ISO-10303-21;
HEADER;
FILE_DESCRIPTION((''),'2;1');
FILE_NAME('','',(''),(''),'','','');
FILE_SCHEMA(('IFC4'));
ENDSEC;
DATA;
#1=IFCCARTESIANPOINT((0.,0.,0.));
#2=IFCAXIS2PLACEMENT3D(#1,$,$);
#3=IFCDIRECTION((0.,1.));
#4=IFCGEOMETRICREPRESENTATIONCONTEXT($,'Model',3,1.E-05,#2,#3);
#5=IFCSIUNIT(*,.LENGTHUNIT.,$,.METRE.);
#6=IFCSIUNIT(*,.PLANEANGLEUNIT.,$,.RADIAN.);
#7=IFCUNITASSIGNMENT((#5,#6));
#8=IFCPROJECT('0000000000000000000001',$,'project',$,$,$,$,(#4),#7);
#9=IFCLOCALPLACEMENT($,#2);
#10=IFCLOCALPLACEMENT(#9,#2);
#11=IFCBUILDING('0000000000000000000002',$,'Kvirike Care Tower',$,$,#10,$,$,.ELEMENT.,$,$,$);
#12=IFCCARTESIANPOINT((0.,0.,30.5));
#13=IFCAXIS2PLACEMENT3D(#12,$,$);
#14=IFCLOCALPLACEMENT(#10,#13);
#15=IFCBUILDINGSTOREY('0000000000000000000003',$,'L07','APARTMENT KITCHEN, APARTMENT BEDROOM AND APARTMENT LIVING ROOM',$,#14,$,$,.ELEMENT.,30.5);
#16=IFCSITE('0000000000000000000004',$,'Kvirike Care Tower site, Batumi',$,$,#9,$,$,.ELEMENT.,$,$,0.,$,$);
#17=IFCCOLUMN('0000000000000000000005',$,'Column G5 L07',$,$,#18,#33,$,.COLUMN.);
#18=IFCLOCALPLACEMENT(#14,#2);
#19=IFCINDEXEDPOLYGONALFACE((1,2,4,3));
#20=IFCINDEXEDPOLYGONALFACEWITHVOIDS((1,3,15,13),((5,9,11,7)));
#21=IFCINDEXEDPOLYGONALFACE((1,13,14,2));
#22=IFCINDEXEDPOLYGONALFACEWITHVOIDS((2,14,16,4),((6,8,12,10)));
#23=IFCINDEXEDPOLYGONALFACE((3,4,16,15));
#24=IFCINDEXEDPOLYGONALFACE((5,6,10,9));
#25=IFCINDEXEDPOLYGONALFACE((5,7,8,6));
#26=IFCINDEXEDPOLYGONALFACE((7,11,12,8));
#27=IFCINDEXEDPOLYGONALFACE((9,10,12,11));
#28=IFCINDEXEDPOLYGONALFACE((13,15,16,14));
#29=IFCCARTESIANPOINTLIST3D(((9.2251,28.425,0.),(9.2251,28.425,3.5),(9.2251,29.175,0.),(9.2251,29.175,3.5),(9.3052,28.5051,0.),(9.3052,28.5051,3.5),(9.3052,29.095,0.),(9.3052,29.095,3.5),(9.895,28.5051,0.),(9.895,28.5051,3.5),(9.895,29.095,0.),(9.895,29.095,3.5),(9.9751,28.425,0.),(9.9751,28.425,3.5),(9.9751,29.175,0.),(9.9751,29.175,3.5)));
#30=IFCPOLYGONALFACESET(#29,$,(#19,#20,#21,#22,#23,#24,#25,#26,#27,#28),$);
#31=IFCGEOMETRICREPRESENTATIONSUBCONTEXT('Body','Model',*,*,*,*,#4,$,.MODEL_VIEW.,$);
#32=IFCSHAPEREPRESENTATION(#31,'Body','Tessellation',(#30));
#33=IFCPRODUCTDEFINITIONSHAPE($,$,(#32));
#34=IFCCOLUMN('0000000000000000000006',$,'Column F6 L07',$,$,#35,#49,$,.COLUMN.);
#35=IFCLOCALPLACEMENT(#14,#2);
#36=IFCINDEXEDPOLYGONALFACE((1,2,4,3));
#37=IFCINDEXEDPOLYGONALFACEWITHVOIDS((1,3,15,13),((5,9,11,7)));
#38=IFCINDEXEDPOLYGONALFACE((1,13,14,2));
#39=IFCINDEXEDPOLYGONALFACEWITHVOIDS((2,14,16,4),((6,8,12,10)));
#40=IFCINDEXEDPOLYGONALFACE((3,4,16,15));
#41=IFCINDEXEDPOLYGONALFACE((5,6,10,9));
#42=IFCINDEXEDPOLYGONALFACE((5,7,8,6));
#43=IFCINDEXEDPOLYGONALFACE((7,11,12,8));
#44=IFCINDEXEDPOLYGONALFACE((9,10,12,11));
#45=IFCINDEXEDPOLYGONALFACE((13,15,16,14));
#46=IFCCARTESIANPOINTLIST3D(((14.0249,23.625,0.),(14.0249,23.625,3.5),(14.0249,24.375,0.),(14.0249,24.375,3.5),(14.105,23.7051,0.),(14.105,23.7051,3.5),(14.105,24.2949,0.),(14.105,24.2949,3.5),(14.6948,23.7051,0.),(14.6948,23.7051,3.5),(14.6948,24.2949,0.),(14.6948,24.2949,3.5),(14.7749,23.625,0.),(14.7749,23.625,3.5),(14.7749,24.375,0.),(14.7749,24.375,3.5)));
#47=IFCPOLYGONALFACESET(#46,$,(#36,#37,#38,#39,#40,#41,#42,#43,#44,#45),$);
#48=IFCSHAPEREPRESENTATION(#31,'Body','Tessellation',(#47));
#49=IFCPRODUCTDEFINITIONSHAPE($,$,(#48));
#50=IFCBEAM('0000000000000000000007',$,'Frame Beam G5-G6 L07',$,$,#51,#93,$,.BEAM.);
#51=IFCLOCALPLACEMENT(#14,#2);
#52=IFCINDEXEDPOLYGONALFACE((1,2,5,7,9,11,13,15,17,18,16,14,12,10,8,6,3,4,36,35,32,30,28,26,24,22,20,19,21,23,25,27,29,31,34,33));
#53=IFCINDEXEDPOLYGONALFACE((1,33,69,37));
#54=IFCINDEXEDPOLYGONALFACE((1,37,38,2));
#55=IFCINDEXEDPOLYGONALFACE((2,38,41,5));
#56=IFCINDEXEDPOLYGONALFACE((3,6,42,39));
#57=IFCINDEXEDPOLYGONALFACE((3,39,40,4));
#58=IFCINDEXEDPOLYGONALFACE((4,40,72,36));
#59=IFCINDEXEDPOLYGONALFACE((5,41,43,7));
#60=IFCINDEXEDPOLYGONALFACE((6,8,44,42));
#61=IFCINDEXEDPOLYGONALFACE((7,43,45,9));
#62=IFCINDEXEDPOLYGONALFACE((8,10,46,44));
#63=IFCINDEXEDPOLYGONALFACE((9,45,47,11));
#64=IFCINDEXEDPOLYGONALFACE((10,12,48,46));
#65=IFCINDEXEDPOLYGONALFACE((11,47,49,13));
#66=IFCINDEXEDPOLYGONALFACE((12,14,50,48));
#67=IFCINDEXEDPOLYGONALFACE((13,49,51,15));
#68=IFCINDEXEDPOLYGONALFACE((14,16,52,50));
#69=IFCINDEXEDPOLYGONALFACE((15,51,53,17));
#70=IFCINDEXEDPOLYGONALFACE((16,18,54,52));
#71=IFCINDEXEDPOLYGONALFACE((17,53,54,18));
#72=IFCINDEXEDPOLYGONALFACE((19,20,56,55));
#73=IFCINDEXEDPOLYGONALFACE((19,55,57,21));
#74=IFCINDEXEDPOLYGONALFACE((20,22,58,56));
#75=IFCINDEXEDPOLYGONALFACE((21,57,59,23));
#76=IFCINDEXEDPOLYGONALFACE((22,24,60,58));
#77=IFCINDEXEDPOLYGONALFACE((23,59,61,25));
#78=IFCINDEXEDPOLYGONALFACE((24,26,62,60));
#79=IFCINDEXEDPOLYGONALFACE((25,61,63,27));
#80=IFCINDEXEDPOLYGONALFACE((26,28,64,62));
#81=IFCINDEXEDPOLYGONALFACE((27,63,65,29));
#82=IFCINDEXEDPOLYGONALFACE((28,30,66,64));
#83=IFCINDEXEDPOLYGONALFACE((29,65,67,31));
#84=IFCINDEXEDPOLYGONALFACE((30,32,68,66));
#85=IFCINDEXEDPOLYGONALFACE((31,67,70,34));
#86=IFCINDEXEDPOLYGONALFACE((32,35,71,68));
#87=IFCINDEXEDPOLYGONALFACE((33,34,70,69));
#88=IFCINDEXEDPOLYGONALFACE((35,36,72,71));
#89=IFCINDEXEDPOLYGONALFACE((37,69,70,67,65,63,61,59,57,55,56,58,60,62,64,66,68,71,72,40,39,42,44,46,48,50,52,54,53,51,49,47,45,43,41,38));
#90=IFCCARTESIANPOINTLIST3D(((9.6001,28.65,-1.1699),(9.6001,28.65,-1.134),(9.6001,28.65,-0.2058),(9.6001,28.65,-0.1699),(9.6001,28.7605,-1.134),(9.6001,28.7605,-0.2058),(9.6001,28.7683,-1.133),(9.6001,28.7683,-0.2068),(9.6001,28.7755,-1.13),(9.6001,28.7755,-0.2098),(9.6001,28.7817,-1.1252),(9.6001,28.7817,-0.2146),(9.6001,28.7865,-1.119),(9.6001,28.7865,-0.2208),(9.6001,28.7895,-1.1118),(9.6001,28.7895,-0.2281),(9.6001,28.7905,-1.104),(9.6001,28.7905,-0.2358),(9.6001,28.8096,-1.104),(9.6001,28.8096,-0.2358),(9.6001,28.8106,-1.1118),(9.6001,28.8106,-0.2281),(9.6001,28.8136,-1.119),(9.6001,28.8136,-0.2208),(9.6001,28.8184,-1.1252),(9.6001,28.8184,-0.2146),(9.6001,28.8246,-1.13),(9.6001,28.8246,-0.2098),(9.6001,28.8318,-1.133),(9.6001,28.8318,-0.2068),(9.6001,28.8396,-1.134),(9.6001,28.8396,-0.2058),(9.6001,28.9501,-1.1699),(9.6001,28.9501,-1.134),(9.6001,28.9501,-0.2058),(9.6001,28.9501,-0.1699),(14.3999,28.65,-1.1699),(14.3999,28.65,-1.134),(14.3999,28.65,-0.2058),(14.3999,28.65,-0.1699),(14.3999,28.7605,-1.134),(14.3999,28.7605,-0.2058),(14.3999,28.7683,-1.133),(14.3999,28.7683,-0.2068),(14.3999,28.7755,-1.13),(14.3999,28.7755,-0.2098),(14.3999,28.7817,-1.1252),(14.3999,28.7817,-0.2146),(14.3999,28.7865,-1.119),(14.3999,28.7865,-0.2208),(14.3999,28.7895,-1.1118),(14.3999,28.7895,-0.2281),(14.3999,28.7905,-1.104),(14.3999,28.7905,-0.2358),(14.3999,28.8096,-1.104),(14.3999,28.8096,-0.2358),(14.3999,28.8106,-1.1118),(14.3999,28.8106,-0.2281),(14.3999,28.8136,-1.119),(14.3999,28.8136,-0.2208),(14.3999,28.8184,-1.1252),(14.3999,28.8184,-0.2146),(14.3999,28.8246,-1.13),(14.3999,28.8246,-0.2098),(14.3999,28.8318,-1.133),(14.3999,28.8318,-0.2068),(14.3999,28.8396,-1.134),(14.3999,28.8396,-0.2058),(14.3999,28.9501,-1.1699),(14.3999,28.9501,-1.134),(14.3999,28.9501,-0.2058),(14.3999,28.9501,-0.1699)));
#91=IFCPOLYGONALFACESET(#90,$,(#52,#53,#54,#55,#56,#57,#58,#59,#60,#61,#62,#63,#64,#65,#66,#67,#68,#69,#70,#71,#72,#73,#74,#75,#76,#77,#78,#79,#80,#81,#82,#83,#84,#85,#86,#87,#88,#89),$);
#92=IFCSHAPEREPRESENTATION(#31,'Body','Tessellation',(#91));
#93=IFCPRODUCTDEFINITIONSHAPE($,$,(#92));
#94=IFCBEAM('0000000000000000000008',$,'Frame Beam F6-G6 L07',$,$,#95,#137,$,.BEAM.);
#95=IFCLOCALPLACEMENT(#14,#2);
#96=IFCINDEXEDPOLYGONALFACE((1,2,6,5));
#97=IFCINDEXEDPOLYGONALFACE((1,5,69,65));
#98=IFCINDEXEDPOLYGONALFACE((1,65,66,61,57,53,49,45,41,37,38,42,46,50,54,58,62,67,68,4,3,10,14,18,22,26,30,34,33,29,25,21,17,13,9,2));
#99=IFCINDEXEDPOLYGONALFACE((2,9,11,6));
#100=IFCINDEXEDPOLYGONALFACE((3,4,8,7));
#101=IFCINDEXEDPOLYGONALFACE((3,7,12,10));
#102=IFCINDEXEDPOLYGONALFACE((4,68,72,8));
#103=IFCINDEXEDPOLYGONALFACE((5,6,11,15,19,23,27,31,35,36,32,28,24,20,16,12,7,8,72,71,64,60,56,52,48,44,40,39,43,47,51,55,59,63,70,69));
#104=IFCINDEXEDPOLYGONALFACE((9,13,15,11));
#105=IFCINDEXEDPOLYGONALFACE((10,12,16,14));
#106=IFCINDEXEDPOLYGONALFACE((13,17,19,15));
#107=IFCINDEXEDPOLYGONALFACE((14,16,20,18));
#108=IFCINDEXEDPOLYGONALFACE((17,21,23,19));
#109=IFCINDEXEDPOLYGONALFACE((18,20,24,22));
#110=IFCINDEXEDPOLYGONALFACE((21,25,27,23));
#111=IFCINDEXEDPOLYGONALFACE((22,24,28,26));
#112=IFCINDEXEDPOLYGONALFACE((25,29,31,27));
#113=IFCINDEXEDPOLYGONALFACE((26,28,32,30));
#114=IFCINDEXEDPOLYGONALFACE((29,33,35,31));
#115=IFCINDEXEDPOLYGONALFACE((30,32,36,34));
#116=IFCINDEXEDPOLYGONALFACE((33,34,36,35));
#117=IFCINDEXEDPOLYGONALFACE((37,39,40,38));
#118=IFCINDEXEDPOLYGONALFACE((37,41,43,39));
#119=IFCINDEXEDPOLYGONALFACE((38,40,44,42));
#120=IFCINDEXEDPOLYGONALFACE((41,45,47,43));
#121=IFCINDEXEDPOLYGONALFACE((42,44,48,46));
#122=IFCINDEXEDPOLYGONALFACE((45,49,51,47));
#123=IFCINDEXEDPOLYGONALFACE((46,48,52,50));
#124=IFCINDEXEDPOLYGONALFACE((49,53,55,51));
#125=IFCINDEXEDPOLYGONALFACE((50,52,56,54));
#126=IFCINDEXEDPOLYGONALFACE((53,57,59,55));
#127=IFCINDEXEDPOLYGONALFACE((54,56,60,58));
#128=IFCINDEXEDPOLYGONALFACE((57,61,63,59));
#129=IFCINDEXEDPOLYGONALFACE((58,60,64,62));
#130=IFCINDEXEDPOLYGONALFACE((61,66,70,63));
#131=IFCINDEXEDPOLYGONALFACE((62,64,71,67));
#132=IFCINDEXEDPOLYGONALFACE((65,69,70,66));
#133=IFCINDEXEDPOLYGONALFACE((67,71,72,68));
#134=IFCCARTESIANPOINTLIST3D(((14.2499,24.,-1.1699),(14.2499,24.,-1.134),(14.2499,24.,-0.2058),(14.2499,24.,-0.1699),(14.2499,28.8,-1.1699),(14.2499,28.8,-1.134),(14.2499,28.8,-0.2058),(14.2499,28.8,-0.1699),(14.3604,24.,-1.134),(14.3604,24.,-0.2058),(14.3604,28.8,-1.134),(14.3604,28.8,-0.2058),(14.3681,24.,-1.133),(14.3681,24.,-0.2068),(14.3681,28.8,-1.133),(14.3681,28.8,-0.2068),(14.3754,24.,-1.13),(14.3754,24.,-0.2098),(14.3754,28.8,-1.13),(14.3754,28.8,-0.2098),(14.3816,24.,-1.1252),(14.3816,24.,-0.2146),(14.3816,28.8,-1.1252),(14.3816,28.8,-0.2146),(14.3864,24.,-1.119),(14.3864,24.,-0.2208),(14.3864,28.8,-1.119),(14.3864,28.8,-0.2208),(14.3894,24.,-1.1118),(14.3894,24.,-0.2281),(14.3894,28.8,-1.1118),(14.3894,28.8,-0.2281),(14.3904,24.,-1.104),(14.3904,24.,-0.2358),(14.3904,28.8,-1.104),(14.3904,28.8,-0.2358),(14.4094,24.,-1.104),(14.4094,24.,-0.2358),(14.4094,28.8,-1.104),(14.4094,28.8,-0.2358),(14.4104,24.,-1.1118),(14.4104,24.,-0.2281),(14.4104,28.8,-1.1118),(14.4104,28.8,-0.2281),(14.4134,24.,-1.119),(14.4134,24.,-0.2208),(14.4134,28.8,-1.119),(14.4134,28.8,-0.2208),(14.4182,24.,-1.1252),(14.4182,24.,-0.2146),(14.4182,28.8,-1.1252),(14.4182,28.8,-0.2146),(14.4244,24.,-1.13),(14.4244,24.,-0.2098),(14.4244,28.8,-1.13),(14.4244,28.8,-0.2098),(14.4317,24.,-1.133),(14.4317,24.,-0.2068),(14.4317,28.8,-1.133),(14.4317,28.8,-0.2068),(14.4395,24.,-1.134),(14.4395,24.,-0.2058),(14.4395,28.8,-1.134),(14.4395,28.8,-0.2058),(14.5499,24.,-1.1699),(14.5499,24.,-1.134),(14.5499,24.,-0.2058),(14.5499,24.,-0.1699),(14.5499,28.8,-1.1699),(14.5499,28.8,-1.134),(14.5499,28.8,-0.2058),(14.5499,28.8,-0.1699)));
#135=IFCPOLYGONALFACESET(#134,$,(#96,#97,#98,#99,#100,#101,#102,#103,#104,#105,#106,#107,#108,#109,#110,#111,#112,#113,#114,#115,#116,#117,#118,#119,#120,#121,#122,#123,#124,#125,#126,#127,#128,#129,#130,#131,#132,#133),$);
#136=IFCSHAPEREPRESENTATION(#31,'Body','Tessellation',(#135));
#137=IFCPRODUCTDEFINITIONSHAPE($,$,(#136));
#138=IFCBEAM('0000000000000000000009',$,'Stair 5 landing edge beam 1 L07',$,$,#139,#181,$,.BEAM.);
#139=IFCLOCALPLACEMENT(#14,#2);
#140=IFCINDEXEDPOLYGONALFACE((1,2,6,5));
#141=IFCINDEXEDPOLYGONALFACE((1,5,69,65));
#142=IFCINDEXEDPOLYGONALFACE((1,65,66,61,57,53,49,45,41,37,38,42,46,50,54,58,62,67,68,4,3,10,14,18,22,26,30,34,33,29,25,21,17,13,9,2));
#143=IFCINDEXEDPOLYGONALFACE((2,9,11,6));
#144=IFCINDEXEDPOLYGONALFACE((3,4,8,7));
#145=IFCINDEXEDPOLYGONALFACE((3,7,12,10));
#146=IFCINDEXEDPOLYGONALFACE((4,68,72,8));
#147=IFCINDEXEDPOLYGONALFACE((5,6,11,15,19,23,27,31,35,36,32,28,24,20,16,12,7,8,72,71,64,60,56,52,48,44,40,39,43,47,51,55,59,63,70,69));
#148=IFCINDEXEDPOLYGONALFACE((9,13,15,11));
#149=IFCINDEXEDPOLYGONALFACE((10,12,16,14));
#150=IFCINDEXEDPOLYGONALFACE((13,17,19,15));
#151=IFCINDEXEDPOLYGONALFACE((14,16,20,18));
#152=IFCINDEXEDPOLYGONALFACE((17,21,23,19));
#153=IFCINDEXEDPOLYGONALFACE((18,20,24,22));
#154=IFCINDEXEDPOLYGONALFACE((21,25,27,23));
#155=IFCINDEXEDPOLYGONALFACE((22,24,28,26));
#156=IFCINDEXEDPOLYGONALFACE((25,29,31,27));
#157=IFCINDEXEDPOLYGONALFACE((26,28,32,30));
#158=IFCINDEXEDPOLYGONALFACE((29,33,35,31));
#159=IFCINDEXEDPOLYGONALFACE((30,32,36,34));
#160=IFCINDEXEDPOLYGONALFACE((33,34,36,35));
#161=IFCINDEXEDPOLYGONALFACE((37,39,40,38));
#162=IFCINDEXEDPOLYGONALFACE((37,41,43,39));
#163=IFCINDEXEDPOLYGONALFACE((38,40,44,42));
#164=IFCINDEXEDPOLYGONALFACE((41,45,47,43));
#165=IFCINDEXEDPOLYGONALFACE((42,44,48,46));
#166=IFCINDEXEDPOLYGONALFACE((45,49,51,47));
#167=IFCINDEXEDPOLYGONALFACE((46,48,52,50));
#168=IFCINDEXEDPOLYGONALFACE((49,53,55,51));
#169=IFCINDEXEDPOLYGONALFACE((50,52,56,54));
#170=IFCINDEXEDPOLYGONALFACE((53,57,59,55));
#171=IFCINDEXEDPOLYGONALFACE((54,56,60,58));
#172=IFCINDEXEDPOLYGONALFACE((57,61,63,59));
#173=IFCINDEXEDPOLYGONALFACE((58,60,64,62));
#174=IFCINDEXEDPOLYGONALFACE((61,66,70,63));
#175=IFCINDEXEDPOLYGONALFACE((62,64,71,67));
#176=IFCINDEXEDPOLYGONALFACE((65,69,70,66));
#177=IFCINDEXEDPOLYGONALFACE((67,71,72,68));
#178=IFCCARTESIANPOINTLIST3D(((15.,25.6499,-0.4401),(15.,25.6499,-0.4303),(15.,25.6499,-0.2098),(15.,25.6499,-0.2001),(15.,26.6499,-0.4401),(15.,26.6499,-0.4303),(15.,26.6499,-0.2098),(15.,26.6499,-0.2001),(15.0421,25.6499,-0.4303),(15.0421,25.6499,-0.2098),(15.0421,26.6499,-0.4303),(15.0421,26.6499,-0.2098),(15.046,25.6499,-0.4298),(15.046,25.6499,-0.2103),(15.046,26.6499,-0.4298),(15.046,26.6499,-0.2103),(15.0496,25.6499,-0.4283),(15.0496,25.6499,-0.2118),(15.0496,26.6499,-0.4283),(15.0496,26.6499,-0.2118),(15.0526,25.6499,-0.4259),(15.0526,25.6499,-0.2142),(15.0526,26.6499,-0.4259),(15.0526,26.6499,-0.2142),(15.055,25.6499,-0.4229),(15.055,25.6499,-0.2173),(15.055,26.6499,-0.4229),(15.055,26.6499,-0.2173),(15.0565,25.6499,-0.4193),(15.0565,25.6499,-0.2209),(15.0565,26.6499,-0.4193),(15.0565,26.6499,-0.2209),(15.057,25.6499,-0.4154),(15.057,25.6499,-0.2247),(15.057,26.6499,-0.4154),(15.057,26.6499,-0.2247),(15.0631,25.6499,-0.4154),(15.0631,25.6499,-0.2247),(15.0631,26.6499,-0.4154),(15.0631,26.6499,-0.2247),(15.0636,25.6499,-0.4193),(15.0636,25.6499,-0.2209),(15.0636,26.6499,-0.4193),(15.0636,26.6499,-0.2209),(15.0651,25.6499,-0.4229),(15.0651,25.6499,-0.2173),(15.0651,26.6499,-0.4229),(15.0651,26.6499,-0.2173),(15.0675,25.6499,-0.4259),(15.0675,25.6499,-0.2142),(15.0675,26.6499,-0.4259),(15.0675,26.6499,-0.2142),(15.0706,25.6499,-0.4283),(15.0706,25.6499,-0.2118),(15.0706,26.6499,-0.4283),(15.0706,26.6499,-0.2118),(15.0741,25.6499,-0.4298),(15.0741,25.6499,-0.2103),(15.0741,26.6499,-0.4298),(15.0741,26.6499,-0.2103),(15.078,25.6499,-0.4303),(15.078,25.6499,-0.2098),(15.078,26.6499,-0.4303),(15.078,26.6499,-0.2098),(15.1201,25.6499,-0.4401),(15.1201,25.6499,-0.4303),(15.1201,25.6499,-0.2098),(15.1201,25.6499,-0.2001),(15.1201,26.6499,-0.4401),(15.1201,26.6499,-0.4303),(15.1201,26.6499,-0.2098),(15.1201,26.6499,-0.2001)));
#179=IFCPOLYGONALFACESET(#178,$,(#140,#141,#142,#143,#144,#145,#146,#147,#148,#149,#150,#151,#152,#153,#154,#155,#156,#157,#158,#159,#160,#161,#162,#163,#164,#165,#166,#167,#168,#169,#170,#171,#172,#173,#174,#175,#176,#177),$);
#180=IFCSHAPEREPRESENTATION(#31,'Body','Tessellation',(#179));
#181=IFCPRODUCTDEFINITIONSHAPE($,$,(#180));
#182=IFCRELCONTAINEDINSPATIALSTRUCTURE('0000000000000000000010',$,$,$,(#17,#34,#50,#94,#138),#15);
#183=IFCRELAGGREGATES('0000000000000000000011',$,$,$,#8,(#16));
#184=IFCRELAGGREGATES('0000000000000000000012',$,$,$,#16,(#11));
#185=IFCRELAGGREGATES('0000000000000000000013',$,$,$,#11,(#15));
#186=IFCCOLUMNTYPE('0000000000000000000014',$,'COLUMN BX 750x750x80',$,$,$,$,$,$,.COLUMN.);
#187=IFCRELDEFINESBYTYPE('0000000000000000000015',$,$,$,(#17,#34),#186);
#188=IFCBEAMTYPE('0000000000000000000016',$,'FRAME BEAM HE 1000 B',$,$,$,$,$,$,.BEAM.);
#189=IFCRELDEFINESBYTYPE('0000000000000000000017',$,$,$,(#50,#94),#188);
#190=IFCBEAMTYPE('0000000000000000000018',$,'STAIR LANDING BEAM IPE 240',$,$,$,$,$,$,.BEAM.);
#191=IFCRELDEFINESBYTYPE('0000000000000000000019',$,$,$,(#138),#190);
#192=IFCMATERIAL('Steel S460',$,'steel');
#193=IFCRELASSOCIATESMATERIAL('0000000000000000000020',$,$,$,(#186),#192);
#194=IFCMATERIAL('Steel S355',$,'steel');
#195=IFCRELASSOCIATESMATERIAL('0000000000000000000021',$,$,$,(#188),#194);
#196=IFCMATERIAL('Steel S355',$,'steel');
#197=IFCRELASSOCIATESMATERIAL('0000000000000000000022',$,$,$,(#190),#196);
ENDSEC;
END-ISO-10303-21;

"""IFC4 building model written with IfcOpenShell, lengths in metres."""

from ifc_helpers import new_model, si_unit, direction, frame, origin, origin_2d, place, context, subcontext, project, spatial, hollow_rectangle, i_section, extrude, material, material_profile, profile_set, type_object, element, save


model = new_model("IFC4")

# Units and contexts
model_context = context("Model", 3, precision=1e-05, world=origin(), true_north=direction((0.0, 1.0)))
body_context = subcontext(model_context, "Body", "Model", "MODEL_VIEW")
ifc_project = project(units=[si_unit("LENGTHUNIT", "METRE"), si_unit("PLANEANGLEUNIT", "RADIAN")], contexts=[model_context])

# Site, building, storey
site_placement = place(None, origin())
site = spatial("IfcSite", under=ifc_project, at=site_placement, Name="Kvirike Care Tower site, Batumi", CompositionType="ELEMENT", RefElevation=0.0)
building_placement = place(site_placement, origin())
building = spatial("IfcBuilding", under=site, at=building_placement, Name="Kvirike Care Tower", CompositionType="ELEMENT")
storey_placement = place(building_placement, frame((0.0, 0.0, 30.5)))
storey = spatial("IfcBuildingStorey", under=building, at=storey_placement, Name="L07", Description="APARTMENT KITCHEN, APARTMENT BEDROOM AND APARTMENT LIVING ROOM", CompositionType="ELEMENT", Elevation=30.5)

# Columns
ifc_material_1 = material(Name="Steel S460", Category="steel")
ifc_material_profile_1 = material_profile(ifc_material_1, hollow_rectangle(XDim=0.75, YDim=0.75, WallThickness=0.0801, at=origin_2d()), Name="BX 750x750x80")
ifc_profile_set_1 = profile_set([ifc_material_profile_1], Name="Steel S460")
column_type = type_object("IfcColumnType", Name="COLUMN BX 750x750x80", PredefinedType="COLUMN", material=ifc_profile_set_1)
for number, where, z_axis, x_axis, name in (
    (1, (9.6001, 28.8, 0.0), (0.0, 0.0, 1.0), (0.0, 1.0, 0.0), "Column G5 L07"),
    (2, (14.3999, 24.0, 0.0), (0.0, 0.0, 1.0), (1.0, 0.0, 0.0), "Column F6 L07"),
):
    element("IfcColumn", number, at=place(storey_placement, frame(where, z_axis=z_axis, x_axis=x_axis)), inside=storey, type_object=column_type, Name=name, PredefinedType="COLUMN", context=body_context, shape_type="SweptSolid", body=[
        extrude(hollow_rectangle(XDim=0.75, YDim=0.75, WallThickness=0.0801, at=origin_2d()), origin(), (0.0, 0.0, 1.0), 3.5),
    ])

# Beams
ifc_material_2 = material(Name="Steel S355", Category="steel")
ifc_material_profile_2 = material_profile(ifc_material_2, i_section(OverallWidth=0.3, OverallDepth=1.0, WebThickness=0.019, FlangeThickness=0.0359, FilletRadius=0.03, at=origin_2d()), Name="HE 1000 B")
ifc_profile_set_2 = profile_set([ifc_material_profile_2], Name="Steel S355")
beam_type_1 = type_object("IfcBeamType", Name="FRAME BEAM HE 1000 B", PredefinedType="BEAM", material=ifc_profile_set_2)
beam_1_placement = place(storey_placement, frame((9.6001, 28.8, -0.6699), z_axis=(1.0, 0.0, 0.0), x_axis=(0.0, 1.0, 0.0)))
element("IfcBeam", 3, at=beam_1_placement, inside=storey, type_object=beam_type_1, Name="Frame Beam G5-G6 L07", PredefinedType="BEAM", context=body_context, shape_type="SweptSolid", body=[
    extrude(i_section(OverallWidth=0.3, OverallDepth=1.0, WebThickness=0.019, FlangeThickness=0.0359, FilletRadius=0.03, at=origin_2d()), origin(), (0.0, 0.0, 1.0), 4.7998),
])
beam_2_placement = place(storey_placement, frame((14.3999, 24.0, -0.6699), z_axis=(0.0, 1.0, 0.0), x_axis=(-1.0, 0.0, 0.0)))
element("IfcBeam", 4, at=beam_2_placement, inside=storey, type_object=beam_type_1, Name="Frame Beam F6-G6 L07", PredefinedType="BEAM", context=body_context, shape_type="SweptSolid", body=[
    extrude(i_section(OverallWidth=0.3, OverallDepth=1.0, WebThickness=0.019, FlangeThickness=0.0359, FilletRadius=0.03, at=origin_2d()), origin(), (0.0, 0.0, 1.0), 4.8),
])
ifc_material_3 = material(Name="Steel S355", Category="steel")
ifc_material_profile_3 = material_profile(ifc_material_3, i_section(OverallWidth=0.1201, OverallDepth=0.24, WebThickness=0.0061, FlangeThickness=0.0098, FilletRadius=0.0149, at=origin_2d()), Name="IPE 240")
ifc_profile_set_3 = profile_set([ifc_material_profile_3], Name="Steel S355")
beam_type_2 = type_object("IfcBeamType", Name="STAIR LANDING BEAM IPE 240", PredefinedType="BEAM", material=ifc_profile_set_3)
for number, where, z_axis, x_axis, name in (
    (5, (15.0601, 25.6499, -0.3201), (0.0, 1.0, 0.0), (-1.0, 0.0, 0.0), "Stair 5 landing edge beam 1 L07"),
):
    element("IfcBeam", number, at=place(storey_placement, frame(where, z_axis=z_axis, x_axis=x_axis)), inside=storey, type_object=beam_type_2, Name=name, PredefinedType="BEAM", context=body_context, shape_type="SweptSolid", body=[
        extrude(i_section(OverallWidth=0.1201, OverallDepth=0.24, WebThickness=0.0061, FlangeThickness=0.0098, FilletRadius=0.0149, at=origin_2d()), origin(), (0.0, 0.0, 1.0), 1.0),
    ])

save(model, "model.ifc")
